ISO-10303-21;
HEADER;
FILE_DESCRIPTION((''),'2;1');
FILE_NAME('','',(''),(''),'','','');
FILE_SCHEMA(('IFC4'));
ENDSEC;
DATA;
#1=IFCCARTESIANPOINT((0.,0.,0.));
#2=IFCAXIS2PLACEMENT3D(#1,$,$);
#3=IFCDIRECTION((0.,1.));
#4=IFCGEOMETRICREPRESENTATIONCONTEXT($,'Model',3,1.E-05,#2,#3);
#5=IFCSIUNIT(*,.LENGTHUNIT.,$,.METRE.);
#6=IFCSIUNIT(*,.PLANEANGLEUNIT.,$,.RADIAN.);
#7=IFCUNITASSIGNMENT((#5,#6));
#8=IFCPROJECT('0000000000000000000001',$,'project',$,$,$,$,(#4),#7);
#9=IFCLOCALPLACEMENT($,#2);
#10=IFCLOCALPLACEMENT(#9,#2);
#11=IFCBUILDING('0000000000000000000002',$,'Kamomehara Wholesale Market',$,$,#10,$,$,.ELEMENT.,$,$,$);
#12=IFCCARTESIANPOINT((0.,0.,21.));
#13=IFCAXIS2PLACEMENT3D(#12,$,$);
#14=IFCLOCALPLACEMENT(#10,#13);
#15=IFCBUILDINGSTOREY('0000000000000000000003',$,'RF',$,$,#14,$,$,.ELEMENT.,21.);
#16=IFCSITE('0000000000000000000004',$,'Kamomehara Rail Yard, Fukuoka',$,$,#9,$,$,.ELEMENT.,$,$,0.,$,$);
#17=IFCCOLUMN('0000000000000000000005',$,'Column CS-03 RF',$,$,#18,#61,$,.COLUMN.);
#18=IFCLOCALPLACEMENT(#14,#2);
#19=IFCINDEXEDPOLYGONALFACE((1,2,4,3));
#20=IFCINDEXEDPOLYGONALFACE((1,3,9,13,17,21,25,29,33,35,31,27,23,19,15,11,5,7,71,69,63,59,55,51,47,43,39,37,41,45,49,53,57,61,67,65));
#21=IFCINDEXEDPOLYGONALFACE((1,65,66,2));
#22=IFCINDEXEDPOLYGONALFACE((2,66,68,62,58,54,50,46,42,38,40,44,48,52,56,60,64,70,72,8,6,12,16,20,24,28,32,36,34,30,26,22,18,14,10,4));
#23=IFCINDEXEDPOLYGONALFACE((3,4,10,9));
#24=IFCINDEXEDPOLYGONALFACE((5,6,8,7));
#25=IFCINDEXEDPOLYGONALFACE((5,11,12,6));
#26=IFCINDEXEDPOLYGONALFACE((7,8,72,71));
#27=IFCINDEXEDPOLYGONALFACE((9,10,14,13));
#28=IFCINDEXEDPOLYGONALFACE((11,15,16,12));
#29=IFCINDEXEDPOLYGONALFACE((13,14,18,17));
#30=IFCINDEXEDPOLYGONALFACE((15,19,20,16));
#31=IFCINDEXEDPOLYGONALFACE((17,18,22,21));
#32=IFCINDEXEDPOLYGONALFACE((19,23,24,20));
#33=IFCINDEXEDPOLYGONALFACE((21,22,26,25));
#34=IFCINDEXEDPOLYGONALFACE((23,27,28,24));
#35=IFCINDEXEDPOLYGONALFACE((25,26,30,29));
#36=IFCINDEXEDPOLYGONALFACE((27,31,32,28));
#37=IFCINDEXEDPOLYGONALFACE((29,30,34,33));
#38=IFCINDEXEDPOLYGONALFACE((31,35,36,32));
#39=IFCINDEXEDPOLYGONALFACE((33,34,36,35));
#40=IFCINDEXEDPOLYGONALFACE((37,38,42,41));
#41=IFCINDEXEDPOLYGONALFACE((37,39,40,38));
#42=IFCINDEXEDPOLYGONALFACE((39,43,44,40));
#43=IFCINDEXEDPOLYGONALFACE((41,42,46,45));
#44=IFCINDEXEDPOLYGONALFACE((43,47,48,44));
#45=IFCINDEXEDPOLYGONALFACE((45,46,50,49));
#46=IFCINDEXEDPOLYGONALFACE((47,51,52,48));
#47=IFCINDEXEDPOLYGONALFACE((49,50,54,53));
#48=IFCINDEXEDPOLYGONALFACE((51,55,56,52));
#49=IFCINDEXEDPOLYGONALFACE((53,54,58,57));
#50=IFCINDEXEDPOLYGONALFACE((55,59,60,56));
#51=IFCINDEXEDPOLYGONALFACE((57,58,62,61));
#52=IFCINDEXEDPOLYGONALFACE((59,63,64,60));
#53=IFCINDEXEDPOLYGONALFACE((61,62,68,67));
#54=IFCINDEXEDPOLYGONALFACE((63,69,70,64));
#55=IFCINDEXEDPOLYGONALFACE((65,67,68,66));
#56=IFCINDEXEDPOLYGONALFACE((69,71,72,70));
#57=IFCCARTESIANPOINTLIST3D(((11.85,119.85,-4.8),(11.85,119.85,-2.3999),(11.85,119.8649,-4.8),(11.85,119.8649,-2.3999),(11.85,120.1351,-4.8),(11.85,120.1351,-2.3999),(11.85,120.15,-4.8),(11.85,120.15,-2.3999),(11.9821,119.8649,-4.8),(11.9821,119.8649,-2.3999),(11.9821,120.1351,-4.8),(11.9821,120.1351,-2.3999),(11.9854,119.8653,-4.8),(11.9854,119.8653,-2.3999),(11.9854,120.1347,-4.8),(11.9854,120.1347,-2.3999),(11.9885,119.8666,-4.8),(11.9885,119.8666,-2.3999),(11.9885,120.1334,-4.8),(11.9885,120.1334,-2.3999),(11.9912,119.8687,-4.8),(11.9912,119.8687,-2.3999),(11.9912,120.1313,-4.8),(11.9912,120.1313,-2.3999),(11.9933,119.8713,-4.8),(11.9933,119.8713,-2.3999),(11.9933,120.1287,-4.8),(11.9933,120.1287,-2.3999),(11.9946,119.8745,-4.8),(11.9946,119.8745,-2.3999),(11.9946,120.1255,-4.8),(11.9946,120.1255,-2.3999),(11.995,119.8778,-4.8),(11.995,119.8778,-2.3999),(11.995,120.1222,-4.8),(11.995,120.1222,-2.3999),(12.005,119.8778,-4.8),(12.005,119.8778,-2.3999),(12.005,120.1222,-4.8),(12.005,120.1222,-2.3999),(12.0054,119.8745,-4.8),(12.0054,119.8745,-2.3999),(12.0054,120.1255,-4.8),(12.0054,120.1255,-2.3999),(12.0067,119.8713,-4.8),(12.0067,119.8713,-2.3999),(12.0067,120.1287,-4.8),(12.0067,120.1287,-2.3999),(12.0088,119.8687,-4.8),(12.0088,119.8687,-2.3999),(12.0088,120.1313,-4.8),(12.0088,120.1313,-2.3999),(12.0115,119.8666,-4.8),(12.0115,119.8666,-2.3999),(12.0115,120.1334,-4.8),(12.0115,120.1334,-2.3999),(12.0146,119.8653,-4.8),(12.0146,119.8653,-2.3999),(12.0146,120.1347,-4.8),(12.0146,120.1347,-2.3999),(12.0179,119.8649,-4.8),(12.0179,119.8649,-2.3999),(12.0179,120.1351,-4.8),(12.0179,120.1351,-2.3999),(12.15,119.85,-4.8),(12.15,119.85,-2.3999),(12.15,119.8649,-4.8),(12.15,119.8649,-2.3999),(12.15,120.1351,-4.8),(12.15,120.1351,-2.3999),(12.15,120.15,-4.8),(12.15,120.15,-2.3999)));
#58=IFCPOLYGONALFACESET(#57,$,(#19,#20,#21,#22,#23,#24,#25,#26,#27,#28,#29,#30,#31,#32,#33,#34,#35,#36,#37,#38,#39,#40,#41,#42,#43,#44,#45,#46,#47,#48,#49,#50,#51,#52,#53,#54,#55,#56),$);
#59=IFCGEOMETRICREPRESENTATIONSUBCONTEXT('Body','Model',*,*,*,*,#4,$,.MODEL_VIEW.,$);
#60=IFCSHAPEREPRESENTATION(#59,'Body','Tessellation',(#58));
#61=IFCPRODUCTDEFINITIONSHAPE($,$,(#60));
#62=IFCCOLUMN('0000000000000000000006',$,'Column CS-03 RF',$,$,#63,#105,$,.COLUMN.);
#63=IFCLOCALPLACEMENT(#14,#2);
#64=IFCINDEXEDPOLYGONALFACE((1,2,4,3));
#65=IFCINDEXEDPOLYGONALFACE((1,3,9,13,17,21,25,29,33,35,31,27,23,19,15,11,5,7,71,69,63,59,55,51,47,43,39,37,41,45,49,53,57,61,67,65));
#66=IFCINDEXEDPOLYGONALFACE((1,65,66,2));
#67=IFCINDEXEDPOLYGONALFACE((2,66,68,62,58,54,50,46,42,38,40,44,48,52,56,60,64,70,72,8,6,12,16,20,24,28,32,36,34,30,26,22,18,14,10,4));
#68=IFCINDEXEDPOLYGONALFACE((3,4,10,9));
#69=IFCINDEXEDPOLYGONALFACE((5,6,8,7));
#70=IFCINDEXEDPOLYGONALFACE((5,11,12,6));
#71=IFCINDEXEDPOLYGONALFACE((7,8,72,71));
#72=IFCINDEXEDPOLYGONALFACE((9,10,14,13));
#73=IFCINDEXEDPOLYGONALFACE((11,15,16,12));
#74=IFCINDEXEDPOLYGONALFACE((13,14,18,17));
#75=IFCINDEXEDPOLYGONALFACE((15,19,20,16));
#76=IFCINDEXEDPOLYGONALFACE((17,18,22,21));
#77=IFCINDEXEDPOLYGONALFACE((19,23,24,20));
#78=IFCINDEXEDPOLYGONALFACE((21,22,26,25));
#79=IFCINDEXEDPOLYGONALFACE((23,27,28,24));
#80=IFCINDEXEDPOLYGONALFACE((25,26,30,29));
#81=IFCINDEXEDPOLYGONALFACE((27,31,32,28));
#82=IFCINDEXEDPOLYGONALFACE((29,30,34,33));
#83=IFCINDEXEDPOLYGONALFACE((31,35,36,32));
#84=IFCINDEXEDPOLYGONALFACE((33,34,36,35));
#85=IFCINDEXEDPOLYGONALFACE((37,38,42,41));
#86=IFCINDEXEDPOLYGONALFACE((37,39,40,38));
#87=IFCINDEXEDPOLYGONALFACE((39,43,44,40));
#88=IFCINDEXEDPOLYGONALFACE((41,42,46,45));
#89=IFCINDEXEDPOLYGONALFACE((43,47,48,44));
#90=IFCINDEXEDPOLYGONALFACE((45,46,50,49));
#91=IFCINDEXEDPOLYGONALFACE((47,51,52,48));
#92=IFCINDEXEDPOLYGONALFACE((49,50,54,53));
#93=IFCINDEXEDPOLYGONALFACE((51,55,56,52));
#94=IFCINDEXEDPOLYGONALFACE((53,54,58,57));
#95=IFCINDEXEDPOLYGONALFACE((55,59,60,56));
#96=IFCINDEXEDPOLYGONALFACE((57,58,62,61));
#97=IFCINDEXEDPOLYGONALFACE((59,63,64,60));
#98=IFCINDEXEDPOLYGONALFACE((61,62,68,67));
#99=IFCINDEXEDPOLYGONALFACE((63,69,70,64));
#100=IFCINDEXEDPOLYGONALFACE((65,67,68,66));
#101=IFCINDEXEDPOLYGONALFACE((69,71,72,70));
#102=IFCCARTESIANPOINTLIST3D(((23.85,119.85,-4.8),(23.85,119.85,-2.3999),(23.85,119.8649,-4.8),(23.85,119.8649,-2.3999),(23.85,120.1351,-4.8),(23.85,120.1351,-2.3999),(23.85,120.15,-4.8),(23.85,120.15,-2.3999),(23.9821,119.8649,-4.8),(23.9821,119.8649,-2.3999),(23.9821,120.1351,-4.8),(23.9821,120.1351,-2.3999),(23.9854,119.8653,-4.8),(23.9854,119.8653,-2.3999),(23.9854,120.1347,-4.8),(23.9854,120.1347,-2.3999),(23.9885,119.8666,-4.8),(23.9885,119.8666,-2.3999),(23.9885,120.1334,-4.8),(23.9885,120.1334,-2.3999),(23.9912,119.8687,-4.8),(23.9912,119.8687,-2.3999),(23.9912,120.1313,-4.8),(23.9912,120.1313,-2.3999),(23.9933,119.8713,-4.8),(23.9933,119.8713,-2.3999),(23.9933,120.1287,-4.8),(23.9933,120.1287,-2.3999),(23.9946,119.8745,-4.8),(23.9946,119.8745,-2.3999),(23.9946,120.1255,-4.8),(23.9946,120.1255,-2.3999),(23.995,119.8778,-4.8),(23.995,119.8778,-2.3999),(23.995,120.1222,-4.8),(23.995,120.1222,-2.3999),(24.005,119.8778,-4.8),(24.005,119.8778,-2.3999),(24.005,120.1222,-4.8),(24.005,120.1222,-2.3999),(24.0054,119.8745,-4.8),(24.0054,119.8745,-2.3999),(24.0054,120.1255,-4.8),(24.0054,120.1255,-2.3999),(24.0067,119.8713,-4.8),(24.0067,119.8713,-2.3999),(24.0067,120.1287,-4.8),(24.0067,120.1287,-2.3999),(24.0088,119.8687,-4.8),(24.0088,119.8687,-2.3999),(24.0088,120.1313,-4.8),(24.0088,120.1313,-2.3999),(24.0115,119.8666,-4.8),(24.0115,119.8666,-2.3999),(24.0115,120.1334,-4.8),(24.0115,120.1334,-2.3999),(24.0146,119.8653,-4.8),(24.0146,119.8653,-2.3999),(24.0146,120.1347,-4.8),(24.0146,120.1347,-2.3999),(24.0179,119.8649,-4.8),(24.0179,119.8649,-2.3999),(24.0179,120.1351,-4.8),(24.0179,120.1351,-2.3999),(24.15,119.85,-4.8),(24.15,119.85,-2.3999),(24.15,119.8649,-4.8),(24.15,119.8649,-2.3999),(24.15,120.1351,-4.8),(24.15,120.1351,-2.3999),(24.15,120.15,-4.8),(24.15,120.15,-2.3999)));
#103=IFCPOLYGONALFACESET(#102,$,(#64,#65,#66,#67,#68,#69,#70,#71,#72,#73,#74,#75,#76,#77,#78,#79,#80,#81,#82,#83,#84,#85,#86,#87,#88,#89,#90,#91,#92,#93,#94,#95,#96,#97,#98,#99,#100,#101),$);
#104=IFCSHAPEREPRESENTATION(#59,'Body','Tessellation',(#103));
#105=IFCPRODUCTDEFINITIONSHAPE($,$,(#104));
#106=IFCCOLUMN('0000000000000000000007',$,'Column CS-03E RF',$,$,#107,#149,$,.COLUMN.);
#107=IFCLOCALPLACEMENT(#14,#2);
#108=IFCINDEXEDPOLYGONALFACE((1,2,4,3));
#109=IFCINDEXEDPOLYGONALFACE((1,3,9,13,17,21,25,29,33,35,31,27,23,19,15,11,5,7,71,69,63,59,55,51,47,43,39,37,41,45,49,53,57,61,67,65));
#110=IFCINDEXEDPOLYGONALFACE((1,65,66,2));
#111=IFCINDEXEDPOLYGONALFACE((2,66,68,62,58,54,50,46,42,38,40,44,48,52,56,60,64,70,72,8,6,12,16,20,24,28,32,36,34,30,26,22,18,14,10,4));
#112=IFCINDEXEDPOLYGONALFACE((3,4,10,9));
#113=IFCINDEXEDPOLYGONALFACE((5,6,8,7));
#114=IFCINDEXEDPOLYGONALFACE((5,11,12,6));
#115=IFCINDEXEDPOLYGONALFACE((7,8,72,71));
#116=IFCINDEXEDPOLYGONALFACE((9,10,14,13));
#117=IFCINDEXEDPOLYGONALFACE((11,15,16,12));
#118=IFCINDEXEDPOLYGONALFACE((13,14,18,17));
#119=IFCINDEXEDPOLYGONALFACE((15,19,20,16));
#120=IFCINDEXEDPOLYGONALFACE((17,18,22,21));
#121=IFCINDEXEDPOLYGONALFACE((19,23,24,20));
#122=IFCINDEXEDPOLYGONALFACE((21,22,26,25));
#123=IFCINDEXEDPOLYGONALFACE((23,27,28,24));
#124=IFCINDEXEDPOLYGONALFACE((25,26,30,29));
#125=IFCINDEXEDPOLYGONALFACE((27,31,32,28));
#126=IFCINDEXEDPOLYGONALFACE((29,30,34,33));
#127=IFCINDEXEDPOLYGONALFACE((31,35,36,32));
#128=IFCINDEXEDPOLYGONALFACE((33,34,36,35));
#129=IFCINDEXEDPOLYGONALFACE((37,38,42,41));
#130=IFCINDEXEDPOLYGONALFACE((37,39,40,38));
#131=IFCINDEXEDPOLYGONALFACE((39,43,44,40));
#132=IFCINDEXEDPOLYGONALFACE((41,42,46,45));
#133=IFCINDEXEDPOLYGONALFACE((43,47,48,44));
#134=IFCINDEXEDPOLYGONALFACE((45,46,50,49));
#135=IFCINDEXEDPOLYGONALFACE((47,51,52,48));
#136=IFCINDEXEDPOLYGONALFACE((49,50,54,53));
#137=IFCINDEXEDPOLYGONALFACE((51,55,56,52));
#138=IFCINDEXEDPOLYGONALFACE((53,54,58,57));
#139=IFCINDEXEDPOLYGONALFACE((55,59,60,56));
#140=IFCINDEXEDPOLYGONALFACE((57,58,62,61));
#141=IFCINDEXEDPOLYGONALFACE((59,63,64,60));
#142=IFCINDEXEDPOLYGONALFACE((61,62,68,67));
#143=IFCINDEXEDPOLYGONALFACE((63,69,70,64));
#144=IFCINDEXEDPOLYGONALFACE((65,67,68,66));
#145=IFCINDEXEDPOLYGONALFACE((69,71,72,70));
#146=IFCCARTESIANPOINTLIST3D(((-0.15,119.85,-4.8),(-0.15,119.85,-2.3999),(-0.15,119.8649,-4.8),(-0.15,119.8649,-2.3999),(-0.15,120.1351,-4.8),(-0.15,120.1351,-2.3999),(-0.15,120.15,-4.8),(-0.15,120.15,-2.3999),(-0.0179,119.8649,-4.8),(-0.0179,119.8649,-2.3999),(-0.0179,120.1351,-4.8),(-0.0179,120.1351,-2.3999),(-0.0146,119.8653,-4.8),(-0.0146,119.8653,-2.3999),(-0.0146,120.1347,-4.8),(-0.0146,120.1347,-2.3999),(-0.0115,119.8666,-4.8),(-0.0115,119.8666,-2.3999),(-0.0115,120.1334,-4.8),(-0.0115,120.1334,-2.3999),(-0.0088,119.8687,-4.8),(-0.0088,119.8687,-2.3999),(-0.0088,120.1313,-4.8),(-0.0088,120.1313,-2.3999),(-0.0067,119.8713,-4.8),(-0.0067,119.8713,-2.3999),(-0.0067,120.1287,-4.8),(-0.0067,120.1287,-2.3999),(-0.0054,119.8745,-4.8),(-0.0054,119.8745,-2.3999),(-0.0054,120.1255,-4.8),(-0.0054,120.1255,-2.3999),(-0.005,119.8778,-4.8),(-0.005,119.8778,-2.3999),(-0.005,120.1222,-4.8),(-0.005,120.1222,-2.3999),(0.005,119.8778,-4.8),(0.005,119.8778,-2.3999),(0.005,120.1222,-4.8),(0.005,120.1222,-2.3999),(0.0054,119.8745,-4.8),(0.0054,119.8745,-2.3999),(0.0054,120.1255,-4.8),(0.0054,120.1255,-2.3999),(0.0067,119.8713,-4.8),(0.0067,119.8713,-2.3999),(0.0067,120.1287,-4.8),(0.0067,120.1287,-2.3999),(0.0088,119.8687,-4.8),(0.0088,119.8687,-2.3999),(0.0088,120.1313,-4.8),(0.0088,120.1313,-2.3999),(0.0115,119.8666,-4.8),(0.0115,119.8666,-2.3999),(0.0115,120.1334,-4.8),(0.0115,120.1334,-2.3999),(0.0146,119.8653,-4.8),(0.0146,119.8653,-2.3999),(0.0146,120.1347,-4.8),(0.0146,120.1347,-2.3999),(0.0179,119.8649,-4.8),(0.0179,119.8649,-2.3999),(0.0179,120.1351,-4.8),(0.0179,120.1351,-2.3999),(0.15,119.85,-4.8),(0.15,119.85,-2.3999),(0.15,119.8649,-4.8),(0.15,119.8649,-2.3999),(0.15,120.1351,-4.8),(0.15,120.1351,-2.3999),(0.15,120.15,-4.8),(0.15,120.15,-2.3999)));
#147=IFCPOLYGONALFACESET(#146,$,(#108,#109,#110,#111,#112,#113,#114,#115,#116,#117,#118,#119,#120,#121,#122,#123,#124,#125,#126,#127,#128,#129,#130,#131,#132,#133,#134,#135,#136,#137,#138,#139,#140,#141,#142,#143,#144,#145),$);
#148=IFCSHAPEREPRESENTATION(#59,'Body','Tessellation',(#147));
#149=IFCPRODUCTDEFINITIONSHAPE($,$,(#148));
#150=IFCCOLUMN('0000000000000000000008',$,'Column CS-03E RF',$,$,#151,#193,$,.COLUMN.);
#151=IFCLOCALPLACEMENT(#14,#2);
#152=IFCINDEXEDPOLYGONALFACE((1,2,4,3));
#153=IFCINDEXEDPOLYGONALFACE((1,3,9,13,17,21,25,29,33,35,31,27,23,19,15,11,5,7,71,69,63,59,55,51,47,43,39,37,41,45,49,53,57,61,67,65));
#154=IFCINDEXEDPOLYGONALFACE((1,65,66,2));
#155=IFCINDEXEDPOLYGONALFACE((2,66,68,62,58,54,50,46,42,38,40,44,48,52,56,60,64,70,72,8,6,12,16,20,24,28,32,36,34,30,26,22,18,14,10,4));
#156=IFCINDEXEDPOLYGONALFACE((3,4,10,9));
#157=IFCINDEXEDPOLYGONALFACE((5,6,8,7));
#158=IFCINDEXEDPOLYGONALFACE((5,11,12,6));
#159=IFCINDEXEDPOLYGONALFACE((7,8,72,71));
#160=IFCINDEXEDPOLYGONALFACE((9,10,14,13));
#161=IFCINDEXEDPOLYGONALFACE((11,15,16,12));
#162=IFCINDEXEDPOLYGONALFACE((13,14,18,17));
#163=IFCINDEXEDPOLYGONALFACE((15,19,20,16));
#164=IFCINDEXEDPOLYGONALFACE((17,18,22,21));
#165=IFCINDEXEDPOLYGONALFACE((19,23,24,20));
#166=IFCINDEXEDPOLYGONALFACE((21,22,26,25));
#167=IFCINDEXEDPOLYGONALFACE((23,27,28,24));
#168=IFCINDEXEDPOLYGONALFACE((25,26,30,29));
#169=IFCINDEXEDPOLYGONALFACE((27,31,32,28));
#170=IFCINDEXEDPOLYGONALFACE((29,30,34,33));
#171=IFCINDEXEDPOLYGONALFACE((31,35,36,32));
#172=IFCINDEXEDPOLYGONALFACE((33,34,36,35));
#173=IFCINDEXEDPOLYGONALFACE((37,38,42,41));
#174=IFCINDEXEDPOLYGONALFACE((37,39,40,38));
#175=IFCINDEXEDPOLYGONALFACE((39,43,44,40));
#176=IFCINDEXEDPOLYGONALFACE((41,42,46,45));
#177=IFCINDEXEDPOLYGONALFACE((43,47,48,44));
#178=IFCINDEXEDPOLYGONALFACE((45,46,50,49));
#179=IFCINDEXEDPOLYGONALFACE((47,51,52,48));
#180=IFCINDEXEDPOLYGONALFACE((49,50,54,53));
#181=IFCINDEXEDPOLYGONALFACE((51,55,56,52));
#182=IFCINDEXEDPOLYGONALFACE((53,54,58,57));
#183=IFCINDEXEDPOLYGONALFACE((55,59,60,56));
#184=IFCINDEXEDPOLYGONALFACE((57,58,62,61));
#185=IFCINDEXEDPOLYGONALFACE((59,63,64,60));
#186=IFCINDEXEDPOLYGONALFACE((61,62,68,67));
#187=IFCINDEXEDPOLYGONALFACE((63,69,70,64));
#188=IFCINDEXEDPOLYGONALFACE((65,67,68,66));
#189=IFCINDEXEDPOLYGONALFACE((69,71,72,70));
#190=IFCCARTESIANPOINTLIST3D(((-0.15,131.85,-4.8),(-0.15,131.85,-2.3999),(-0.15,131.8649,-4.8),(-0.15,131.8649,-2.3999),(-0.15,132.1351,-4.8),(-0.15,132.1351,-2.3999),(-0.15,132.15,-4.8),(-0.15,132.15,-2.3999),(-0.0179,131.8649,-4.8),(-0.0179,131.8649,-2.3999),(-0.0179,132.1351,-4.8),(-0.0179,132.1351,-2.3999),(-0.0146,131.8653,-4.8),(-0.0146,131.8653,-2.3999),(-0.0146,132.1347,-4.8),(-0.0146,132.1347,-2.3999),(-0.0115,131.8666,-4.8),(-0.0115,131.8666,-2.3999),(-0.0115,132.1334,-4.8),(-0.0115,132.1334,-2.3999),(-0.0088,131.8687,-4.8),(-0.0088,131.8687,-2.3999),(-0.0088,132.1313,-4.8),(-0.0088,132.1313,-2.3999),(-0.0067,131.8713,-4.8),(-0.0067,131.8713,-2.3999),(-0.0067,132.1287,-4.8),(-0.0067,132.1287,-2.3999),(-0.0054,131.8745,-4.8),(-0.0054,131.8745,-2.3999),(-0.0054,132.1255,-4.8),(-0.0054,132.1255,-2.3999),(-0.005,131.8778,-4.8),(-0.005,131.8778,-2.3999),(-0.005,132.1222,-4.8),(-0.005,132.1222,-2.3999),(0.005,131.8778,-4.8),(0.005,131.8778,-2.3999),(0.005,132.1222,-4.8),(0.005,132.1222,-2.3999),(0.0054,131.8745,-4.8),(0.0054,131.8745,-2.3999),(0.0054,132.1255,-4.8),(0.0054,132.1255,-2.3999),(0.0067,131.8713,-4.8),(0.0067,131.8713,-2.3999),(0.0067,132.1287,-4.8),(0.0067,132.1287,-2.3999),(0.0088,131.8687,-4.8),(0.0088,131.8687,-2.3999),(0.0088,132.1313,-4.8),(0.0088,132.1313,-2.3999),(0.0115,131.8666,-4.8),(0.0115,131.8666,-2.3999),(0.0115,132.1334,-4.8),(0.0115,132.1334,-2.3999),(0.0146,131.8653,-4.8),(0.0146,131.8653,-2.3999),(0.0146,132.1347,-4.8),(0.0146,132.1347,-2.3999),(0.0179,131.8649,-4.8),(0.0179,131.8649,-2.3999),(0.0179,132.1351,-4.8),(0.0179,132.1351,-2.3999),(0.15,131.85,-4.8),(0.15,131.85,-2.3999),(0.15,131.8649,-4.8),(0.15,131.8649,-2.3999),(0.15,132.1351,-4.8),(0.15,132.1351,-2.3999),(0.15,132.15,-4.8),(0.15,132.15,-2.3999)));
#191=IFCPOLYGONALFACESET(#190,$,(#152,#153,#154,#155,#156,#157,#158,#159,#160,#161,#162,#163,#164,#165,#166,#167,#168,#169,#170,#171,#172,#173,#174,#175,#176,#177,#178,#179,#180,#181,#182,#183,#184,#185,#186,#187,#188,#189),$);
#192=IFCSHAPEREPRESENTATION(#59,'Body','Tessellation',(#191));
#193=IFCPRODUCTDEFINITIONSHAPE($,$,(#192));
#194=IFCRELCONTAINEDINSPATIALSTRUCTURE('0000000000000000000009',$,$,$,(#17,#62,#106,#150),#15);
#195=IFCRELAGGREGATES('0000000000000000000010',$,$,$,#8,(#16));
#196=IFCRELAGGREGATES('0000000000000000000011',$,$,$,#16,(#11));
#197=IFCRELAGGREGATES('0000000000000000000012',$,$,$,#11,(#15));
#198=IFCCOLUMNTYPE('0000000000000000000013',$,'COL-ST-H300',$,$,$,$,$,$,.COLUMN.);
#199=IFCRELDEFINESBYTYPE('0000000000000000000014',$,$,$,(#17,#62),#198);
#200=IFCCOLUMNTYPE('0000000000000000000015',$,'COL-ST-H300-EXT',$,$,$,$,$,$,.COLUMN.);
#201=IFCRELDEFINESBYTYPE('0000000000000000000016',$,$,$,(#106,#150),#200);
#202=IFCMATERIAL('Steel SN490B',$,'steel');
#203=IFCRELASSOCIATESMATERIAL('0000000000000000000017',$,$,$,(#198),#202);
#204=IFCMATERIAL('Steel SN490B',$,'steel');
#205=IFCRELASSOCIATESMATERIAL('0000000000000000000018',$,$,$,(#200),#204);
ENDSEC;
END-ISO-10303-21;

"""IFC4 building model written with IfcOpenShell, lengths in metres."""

from ifc_helpers import new_model, si_unit, direction, frame, origin, origin_2d, place, context, subcontext, project, spatial, i_section, extrude, material, material_profile, profile_set, type_object, element, save


model = new_model("IFC4")

# Units and contexts
model_context = context("Model", 3, precision=1e-05, world=origin(), true_north=direction((0.0, 1.0)))
body_context = subcontext(model_context, "Body", "Model", "MODEL_VIEW")
ifc_project = project(units=[si_unit("LENGTHUNIT", "METRE"), si_unit("PLANEANGLEUNIT", "RADIAN")], contexts=[model_context])

# Site, building, storey
site_placement = place(None, origin())
site = spatial("IfcSite", under=ifc_project, at=site_placement, Name="Kamomehara Rail Yard, Fukuoka", CompositionType="ELEMENT", RefElevation=0.0)
building_placement = place(site_placement, origin())
building = spatial("IfcBuilding", under=site, at=building_placement, Name="Kamomehara Wholesale Market", CompositionType="ELEMENT")
storey_placement = place(building_placement, frame((0.0, 0.0, 21.0)))
storey = spatial("IfcBuildingStorey", under=building, at=storey_placement, Name="RF", CompositionType="ELEMENT", Elevation=21.0)

# Columns
ifc_material_1 = material(Name="Steel SN490B", Category="steel")
ifc_material_profile_1 = material_profile(ifc_material_1, i_section(OverallWidth=0.3, OverallDepth=0.3, WebThickness=0.01, FlangeThickness=0.0149, FilletRadius=0.0129, at=origin_2d()), Name="H-300x300x10x15")
ifc_profile_set_1 = profile_set([ifc_material_profile_1], Name="Steel SN490B")
column_type_1 = type_object("IfcColumnType", Name="COL-ST-H300", PredefinedType="COLUMN", material=ifc_profile_set_1)
for number, where, z_axis, x_axis, name in (
    (1, (12.0, 120.0, -4.8), (0.0, 0.0, 1.0), (1.0, 0.0, 0.0), "Column CS-03 RF"),
    (2, (24.0, 120.0, -4.8), (0.0, 0.0, 1.0), (1.0, 0.0, 0.0), "Column CS-03 RF"),
):
    element("IfcColumn", number, at=place(storey_placement, frame(where, z_axis=z_axis, x_axis=x_axis)), inside=storey, type_object=column_type_1, Name=name, PredefinedType="COLUMN", context=body_context, shape_type="SweptSolid", body=[
        extrude(i_section(OverallWidth=0.3, OverallDepth=0.3, WebThickness=0.01, FlangeThickness=0.0149, FilletRadius=0.0129, at=origin_2d()), origin(), (0.0, 0.0, 1.0), 2.4001),
    ])
ifc_material_2 = material(Name="Steel SN490B", Category="steel")
ifc_material_profile_2 = material_profile(ifc_material_2, i_section(OverallWidth=0.3, OverallDepth=0.3, WebThickness=0.01, FlangeThickness=0.0149, FilletRadius=0.0129, at=origin_2d()), Name="H-300x300x10x15")
ifc_profile_set_2 = profile_set([ifc_material_profile_2], Name="Steel SN490B")
column_type_2 = type_object("IfcColumnType", Name="COL-ST-H300-EXT", PredefinedType="COLUMN", material=ifc_profile_set_2)
for number, where, z_axis, x_axis, name in (
    (3, (0.0, 120.0, -4.8), (0.0, 0.0, 1.0), (1.0, 0.0, 0.0), "Column CS-03E RF"),
    (4, (0.0, 132.0, -4.8), (0.0, 0.0, 1.0), (1.0, 0.0, 0.0), "Column CS-03E RF"),
):
    element("IfcColumn", number, at=place(storey_placement, frame(where, z_axis=z_axis, x_axis=x_axis)), inside=storey, type_object=column_type_2, Name=name, PredefinedType="COLUMN", context=body_context, shape_type="SweptSolid", body=[
        extrude(i_section(OverallWidth=0.3, OverallDepth=0.3, WebThickness=0.01, FlangeThickness=0.0149, FilletRadius=0.0129, at=origin_2d()), origin(), (0.0, 0.0, 1.0), 2.4001),
    ])

save(model, "model.ifc")
